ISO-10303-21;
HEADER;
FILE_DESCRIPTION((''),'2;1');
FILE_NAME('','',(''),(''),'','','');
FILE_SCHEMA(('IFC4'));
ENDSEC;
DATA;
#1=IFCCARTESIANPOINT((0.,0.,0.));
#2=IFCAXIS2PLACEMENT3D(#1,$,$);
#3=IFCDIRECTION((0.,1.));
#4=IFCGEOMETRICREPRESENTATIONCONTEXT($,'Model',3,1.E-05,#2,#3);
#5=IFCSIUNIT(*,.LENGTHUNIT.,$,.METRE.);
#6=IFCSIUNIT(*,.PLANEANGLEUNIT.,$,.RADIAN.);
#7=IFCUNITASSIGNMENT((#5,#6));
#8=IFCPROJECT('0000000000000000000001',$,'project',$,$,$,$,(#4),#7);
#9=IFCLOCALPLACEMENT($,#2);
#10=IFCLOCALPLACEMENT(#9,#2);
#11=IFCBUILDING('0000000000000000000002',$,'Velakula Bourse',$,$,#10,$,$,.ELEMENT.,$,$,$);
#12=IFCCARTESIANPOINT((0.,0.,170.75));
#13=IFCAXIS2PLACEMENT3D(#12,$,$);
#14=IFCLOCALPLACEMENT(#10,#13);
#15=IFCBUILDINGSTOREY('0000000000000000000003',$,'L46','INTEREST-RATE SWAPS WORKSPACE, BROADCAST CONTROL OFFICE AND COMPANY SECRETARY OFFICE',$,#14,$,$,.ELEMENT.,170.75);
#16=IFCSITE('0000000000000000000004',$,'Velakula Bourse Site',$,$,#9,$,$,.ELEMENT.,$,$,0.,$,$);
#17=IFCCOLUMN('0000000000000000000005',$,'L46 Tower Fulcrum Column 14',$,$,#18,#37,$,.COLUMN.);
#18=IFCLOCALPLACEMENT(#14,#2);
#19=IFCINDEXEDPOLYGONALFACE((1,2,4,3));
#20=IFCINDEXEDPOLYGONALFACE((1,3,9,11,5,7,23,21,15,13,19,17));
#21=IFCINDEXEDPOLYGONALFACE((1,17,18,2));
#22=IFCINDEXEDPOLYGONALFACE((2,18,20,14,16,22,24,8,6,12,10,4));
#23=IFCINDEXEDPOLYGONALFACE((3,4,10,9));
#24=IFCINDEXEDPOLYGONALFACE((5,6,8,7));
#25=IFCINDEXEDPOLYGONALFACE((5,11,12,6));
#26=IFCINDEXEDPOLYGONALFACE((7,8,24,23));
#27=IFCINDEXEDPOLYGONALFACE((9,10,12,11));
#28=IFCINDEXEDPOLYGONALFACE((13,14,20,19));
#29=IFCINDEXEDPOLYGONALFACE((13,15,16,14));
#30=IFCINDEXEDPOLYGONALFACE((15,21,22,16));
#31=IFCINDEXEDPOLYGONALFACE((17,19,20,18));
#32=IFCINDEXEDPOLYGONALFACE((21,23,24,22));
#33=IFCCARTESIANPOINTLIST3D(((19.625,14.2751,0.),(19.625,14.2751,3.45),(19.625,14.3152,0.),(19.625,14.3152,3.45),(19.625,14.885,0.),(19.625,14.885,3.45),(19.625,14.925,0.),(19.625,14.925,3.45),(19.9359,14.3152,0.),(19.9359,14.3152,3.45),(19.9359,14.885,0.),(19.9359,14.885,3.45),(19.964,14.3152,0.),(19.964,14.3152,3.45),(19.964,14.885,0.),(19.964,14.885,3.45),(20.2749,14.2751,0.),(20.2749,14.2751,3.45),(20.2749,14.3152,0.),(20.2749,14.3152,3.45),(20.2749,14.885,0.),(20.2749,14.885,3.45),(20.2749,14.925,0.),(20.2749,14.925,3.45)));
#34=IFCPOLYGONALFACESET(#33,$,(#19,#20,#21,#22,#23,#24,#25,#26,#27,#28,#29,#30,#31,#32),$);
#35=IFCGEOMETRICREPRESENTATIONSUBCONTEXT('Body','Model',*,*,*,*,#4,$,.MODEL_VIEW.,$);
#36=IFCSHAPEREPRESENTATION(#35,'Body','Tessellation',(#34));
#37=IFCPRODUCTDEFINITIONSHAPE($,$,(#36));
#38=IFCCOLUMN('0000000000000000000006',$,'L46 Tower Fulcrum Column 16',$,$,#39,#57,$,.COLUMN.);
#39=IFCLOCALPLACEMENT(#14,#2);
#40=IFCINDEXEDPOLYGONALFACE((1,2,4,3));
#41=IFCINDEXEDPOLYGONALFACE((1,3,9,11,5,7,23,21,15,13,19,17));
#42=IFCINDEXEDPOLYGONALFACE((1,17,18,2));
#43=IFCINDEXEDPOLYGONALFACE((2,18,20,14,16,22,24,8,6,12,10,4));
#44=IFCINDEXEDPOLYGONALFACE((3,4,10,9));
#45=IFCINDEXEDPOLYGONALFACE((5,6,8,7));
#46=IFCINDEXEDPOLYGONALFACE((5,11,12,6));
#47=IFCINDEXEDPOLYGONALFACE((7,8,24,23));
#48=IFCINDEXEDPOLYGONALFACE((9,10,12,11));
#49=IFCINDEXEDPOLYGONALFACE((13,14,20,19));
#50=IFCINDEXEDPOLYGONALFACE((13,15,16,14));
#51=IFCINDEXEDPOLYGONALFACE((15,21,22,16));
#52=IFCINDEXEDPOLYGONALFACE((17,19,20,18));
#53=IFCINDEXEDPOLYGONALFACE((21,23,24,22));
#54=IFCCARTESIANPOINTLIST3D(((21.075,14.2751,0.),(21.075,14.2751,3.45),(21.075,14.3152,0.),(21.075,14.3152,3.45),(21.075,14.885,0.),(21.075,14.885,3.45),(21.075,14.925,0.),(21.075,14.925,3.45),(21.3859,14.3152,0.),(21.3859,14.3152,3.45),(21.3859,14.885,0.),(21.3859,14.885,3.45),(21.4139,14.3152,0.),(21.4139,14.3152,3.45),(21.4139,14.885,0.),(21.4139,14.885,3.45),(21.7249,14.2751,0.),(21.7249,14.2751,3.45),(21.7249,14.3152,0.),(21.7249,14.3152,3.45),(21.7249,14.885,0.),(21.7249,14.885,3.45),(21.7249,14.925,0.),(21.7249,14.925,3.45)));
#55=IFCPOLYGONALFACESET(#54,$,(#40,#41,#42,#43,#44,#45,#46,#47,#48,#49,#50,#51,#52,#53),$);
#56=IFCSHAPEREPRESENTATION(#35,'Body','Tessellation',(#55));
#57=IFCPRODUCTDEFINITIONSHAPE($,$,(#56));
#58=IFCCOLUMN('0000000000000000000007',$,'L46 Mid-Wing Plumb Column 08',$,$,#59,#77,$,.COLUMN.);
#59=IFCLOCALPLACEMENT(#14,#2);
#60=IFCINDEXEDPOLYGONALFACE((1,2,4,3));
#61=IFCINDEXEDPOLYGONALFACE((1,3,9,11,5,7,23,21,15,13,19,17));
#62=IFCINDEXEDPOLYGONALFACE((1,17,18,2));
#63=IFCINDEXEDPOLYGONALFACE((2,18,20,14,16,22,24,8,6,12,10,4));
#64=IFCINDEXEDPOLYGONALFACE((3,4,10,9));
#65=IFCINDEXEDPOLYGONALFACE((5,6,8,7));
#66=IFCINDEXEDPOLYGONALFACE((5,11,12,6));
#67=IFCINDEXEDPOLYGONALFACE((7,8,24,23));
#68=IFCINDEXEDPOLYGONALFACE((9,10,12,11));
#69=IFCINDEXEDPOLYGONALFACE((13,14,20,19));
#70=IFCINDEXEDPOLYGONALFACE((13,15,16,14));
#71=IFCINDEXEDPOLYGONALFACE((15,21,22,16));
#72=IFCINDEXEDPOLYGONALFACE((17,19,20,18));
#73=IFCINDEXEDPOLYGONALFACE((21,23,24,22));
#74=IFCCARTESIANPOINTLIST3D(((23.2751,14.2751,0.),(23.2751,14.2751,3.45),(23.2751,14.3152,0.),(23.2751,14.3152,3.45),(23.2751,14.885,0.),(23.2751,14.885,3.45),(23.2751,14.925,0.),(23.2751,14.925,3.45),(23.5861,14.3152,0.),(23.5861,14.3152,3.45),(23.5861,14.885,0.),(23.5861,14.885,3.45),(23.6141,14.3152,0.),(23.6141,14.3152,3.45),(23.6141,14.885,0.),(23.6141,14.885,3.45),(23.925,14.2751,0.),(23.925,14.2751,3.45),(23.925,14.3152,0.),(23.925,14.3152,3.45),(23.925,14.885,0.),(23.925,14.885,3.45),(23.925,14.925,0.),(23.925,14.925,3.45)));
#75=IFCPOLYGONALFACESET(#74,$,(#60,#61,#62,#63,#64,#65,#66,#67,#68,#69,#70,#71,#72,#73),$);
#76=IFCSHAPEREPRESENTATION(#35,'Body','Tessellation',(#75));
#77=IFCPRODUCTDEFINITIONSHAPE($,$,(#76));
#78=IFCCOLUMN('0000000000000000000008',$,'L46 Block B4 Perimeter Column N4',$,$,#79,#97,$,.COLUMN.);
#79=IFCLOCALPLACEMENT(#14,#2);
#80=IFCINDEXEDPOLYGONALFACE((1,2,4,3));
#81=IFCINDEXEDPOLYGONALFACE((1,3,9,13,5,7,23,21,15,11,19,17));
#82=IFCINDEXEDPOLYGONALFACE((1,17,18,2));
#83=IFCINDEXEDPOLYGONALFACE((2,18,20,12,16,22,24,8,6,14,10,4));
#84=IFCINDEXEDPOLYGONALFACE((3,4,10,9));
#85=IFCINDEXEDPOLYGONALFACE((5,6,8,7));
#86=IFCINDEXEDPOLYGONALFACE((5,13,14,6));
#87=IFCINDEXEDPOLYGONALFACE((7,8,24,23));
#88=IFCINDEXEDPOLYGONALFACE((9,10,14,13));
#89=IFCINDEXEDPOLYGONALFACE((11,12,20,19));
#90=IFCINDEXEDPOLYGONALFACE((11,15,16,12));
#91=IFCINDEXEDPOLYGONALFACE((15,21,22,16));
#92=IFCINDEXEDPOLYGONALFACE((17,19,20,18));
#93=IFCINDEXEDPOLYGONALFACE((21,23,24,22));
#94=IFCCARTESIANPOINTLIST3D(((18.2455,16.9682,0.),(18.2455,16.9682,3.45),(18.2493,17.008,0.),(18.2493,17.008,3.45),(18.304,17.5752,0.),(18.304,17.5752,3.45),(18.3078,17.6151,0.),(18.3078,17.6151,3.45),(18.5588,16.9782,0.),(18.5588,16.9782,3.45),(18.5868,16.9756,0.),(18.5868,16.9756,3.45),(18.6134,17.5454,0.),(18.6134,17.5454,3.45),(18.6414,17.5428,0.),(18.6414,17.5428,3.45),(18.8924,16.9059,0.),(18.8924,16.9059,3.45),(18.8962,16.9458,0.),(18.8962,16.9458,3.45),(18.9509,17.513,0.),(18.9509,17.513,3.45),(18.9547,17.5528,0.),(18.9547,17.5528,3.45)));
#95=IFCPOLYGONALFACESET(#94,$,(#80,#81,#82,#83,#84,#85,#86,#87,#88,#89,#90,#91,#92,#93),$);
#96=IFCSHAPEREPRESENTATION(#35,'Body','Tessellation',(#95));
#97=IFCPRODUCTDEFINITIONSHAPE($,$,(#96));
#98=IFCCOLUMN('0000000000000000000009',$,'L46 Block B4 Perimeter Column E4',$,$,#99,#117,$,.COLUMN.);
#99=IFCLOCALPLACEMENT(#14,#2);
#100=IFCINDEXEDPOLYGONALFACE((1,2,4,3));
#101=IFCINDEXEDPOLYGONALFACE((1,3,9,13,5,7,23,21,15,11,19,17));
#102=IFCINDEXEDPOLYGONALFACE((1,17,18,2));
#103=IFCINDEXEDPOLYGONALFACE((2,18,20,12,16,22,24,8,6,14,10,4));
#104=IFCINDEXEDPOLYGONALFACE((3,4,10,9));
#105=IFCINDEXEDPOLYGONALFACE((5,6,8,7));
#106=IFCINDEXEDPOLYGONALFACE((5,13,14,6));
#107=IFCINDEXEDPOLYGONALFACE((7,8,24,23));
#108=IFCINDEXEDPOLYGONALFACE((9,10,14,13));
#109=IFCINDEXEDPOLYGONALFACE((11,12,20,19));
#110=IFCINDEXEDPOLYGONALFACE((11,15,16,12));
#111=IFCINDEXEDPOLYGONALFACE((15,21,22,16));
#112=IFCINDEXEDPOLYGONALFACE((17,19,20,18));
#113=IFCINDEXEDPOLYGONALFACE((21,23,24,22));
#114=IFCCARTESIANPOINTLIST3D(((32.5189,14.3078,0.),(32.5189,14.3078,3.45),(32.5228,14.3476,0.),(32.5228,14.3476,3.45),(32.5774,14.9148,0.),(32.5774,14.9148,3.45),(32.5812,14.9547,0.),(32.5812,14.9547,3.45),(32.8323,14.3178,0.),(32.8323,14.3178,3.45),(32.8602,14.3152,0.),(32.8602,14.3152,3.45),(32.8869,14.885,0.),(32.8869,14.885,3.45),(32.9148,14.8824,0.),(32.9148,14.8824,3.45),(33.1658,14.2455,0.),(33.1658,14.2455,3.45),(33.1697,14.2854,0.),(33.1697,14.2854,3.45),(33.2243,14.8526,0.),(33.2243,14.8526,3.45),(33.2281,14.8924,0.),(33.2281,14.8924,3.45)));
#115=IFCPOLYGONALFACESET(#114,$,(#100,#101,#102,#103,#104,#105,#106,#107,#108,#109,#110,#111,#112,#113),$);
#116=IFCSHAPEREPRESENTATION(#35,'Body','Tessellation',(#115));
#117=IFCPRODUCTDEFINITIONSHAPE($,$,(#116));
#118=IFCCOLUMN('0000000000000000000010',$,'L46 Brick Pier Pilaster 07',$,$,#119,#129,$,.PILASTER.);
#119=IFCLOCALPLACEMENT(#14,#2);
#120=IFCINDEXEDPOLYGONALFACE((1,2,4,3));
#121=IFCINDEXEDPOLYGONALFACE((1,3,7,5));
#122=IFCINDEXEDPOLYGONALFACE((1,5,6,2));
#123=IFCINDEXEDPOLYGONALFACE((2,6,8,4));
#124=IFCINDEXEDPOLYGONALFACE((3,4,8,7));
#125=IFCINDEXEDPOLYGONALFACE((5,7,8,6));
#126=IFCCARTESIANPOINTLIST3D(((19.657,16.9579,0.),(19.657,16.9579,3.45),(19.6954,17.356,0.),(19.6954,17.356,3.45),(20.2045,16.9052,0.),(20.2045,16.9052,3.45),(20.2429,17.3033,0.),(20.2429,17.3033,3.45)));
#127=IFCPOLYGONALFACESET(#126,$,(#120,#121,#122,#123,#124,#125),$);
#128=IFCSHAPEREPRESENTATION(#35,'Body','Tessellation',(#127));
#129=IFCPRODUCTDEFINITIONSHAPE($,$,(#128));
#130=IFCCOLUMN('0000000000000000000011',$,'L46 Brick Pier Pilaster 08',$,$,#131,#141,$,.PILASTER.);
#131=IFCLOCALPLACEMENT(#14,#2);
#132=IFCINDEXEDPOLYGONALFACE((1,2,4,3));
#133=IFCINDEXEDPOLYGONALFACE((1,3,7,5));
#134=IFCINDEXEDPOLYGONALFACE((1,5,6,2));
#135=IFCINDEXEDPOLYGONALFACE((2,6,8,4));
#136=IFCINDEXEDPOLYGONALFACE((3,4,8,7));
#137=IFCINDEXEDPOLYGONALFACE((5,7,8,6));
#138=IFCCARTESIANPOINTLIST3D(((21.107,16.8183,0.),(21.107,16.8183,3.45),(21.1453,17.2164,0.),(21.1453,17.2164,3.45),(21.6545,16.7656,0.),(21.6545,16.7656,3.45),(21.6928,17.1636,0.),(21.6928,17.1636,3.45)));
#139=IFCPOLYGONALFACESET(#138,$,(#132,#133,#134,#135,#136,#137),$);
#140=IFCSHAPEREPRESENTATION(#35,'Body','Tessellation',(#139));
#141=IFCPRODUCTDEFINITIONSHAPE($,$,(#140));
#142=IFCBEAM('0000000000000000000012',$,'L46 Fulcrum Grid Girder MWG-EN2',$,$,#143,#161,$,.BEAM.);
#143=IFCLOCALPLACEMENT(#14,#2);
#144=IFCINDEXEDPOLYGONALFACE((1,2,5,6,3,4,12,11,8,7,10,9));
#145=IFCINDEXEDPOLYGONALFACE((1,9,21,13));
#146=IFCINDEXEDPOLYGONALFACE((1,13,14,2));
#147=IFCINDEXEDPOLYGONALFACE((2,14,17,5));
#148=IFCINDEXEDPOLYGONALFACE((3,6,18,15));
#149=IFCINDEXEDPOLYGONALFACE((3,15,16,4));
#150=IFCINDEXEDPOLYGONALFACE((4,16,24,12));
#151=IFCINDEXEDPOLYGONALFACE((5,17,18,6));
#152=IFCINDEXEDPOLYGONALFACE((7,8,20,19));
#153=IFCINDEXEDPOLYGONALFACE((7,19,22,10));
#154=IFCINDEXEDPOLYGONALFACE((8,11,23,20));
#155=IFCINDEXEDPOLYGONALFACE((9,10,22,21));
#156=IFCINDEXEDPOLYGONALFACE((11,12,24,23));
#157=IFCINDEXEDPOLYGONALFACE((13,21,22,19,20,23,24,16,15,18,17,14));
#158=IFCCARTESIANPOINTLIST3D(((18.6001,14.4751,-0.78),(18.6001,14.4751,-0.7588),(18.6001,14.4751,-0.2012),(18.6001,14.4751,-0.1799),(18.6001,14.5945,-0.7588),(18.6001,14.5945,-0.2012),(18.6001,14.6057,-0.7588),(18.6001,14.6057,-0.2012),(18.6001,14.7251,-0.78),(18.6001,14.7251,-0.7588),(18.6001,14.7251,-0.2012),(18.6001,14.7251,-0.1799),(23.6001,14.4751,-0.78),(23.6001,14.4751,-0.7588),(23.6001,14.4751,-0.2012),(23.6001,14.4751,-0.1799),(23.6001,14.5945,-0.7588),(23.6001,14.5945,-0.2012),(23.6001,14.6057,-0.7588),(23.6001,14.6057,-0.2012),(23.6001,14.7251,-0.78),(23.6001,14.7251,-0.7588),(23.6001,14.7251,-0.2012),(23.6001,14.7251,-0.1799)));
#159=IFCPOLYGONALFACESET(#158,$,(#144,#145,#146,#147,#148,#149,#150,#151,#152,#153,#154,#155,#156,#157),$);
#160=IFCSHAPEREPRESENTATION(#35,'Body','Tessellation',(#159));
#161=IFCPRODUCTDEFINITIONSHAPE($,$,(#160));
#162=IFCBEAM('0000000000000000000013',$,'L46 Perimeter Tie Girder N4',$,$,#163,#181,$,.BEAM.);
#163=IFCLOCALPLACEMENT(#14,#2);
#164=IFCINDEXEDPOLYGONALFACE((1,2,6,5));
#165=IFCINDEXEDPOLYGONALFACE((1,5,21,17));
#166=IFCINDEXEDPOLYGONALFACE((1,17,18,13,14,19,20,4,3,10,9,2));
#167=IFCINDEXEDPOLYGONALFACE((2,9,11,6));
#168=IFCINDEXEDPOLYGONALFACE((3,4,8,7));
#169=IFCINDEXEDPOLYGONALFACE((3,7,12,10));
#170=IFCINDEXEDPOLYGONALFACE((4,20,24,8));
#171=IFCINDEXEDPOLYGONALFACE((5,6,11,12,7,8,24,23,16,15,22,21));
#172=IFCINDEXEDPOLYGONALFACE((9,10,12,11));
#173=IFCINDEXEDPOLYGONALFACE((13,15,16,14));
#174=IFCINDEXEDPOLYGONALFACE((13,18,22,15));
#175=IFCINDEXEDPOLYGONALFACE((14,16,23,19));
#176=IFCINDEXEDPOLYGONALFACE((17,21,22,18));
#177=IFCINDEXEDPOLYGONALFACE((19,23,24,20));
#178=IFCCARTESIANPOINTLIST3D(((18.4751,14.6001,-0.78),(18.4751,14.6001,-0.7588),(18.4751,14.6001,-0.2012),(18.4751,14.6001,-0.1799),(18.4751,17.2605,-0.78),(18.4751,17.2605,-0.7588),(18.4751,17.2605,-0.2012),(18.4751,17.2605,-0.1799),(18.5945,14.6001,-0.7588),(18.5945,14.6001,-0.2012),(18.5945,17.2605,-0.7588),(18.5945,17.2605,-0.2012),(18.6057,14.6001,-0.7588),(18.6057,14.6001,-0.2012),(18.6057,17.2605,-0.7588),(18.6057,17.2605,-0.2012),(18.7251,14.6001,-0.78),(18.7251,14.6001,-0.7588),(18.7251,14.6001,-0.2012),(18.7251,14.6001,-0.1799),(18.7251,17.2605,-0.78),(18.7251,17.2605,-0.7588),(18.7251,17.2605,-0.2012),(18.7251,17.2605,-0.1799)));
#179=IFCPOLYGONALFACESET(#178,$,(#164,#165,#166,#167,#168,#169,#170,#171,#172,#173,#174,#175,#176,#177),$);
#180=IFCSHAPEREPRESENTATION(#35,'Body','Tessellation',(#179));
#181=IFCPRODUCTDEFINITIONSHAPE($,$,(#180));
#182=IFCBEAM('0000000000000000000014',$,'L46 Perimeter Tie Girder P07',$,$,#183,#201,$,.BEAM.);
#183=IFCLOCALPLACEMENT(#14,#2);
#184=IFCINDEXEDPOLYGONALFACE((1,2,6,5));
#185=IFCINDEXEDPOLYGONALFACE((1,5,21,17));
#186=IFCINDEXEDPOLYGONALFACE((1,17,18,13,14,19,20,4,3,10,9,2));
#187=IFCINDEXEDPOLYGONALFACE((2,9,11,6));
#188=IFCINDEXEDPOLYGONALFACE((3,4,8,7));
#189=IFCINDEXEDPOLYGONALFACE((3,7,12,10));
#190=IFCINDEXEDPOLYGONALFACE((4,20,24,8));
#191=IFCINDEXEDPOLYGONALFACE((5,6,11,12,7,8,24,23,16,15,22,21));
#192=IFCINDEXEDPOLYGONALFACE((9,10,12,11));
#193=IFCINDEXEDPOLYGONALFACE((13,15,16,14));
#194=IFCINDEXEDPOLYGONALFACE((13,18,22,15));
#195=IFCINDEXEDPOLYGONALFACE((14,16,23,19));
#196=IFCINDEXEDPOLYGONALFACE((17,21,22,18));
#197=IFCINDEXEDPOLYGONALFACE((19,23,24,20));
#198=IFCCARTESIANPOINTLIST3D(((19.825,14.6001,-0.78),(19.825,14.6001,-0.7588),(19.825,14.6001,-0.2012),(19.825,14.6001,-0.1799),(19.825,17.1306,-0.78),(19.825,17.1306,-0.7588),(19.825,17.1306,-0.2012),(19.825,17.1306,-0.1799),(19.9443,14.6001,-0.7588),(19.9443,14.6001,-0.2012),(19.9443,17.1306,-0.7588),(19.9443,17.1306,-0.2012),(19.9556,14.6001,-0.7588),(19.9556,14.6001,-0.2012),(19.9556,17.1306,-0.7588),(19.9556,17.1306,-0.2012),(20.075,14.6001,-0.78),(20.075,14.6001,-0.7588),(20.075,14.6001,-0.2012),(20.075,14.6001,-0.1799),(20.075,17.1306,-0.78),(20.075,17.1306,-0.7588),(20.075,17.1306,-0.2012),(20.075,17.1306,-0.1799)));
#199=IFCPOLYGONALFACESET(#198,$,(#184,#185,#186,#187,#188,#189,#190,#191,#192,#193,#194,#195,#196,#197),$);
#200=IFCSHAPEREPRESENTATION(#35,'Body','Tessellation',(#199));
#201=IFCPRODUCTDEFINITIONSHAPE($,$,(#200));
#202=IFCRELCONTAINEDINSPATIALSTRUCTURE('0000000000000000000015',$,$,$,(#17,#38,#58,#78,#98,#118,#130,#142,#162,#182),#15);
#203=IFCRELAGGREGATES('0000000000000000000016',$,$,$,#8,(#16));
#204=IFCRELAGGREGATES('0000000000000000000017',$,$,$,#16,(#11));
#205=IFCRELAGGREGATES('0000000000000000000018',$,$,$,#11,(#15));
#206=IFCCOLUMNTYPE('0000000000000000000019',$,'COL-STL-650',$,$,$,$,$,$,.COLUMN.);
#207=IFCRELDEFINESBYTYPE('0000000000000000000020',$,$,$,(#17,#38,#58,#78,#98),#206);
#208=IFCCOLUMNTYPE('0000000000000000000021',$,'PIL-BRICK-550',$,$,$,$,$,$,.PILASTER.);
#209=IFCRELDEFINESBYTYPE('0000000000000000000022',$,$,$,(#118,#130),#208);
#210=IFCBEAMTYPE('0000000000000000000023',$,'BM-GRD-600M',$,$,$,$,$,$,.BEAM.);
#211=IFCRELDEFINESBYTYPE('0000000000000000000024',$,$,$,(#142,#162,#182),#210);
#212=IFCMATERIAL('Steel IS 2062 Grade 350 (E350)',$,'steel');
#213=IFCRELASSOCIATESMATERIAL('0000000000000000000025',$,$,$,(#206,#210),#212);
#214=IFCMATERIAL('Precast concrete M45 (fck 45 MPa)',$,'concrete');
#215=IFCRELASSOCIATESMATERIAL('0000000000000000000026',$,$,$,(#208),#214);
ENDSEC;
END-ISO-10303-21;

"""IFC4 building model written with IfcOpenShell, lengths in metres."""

from ifc_helpers import new_model, si_unit, direction, frame, origin, origin_2d, place, context, subcontext, project, spatial, rectangle, i_section, extrude, material, material_profile, profile_set, type_object, element, save


model = new_model("IFC4")

# Units and contexts
model_context = context("Model", 3, precision=1e-05, world=origin(), true_north=direction((0.0, 1.0)))
body_context = subcontext(model_context, "Body", "Model", "MODEL_VIEW")
ifc_project = project(units=[si_unit("LENGTHUNIT", "METRE"), si_unit("PLANEANGLEUNIT", "RADIAN")], contexts=[model_context])

# Site, building, storey
site_placement = place(None, origin())
site = spatial("IfcSite", under=ifc_project, at=site_placement, Name="Velakula Bourse Site", CompositionType="ELEMENT", RefElevation=0.0)
building_placement = place(site_placement, origin())
building = spatial("IfcBuilding", under=site, at=building_placement, Name="Velakula Bourse", CompositionType="ELEMENT")
storey_placement = place(building_placement, frame((0.0, 0.0, 170.75)))
storey = spatial("IfcBuildingStorey", under=building, at=storey_placement, Name="L46", Description="INTEREST-RATE SWAPS WORKSPACE, BROADCAST CONTROL OFFICE AND COMPANY SECRETARY OFFICE", CompositionType="ELEMENT", Elevation=170.75)

# Columns
ifc_material_1 = material(Name="Steel IS 2062 Grade 350 (E350)", Category="steel")
ifc_material_profile_1 = material_profile(ifc_material_1, i_section(OverallWidth=0.6499, OverallDepth=0.6499, WebThickness=0.0281, FlangeThickness=0.04, at=origin_2d()), Name="Steel IS 2062 Grade 350 (E350)")
ifc_profile_set_1 = profile_set([ifc_material_profile_1], Name="Steel IS 2062 Grade 350 (E350)")
column_type_1 = type_object("IfcColumnType", Name="COL-STL-650", PredefinedType="COLUMN", material=ifc_profile_set_1)
for number, where, z_axis, x_axis, name in (
    (1, (19.95, 14.6001, 0.0), (0.0, 0.0, 1.0), (1.0, 0.0, 0.0), "L46 Tower Fulcrum Column 14"),
    (2, (21.3999, 14.6001, 0.0), (0.0, 0.0, 1.0), (1.0, 0.0, 0.0), "L46 Tower Fulcrum Column 16"),
    (3, (23.6001, 14.6001, 0.0), (0.0, 0.0, 1.0), (1.0, 0.0, 0.0), "L46 Mid-Wing Plumb Column 08"),
    (4, (18.6001, 17.2605, 0.0), (0.0, 0.0, 1.0), (0.995396, -0.095846, 0.0), "L46 Block B4 Perimeter Column N4"),
    (5, (32.8735, 14.6001, 0.0), (0.0, 0.0, 1.0), (0.995396, -0.095846, 0.0), "L46 Block B4 Perimeter Column E4"),
):
    element("IfcColumn", number, at=place(storey_placement, frame(where, z_axis=z_axis, x_axis=x_axis)), inside=storey, type_object=column_type_1, Name=name, PredefinedType="COLUMN", context=body_context, shape_type="SweptSolid", body=[
        extrude(i_section(OverallWidth=0.6499, OverallDepth=0.6499, WebThickness=0.0281, FlangeThickness=0.04, at=origin_2d()), origin(), (0.0, 0.0, 1.0), 3.45),
    ])
ifc_material_2 = material(Name="Precast concrete M45 (fck 45 MPa)", Category="concrete")
ifc_material_profile_2 = material_profile(ifc_material_2, rectangle(XDim=0.55, YDim=0.3999, at=origin_2d()), Name="Precast concrete M45 (fck 45 MPa)")
ifc_profile_set_2 = profile_set([ifc_material_profile_2], Name="Precast concrete M45 (fck 45 MPa)")
column_type_2 = type_object("IfcColumnType", Name="PIL-BRICK-550", PredefinedType="PILASTER", material=ifc_profile_set_2)
for number, where, z_axis, x_axis, name in (
    (6, (19.95, 17.1306, 0.0), (0.0, 0.0, 1.0), (0.995396, -0.095846, 0.0), "L46 Brick Pier Pilaster 07"),
    (7, (21.3999, 16.991, 0.0), (0.0, 0.0, 1.0), (0.995396, -0.095846, 0.0), "L46 Brick Pier Pilaster 08"),
):
    element("IfcColumn", number, at=place(storey_placement, frame(where, z_axis=z_axis, x_axis=x_axis)), inside=storey, type_object=column_type_2, Name=name, PredefinedType="PILASTER", context=body_context, shape_type="SweptSolid", body=[
        extrude(rectangle(XDim=0.55, YDim=0.3999, at=origin_2d()), origin(), (0.0, 0.0, 1.0), 3.45),
    ])

# Beams
ifc_material_profile_3 = material_profile(ifc_material_1, i_section(OverallWidth=0.25, OverallDepth=0.6001, WebThickness=0.0112, FlangeThickness=0.0212, at=origin_2d()), Name="Steel IS 2062 Grade 350 (E350)")
ifc_profile_set_3 = profile_set([ifc_material_profile_3], Name="Steel IS 2062 Grade 350 (E350)")
beam_type_1 = type_object("IfcBeamType", Name="BM-GRD-600M", PredefinedType="BEAM", material=ifc_profile_set_3)
beam_1_placement = place(storey_placement, frame((18.6001, 14.6001, -0.48), z_axis=(1.0, 0.0, 0.0), x_axis=(0.0, 1.0, 0.0)))
element("IfcBeam", 8, at=beam_1_placement, inside=storey, type_object=beam_type_1, Name="L46 Fulcrum Grid Girder MWG-EN2", PredefinedType="BEAM", context=body_context, shape_type="SweptSolid", body=[
    extrude(i_section(OverallWidth=0.25, OverallDepth=0.6001, WebThickness=0.0112, FlangeThickness=0.0212, at=origin_2d()), origin(), (0.0, 0.0, 1.0), 5.0),
])
beam_2_placement = place(storey_placement, frame((18.6001, 14.6001, -0.48), z_axis=(0.0, 1.0, 0.0), x_axis=(-1.0, 0.0, 0.0)))
element("IfcBeam", 9, at=beam_2_placement, inside=storey, type_object=beam_type_1, Name="L46 Perimeter Tie Girder N4", PredefinedType="BEAM", context=body_context, shape_type="SweptSolid", body=[
    extrude(i_section(OverallWidth=0.25, OverallDepth=0.6001, WebThickness=0.0112, FlangeThickness=0.0212, at=origin_2d()), origin(), (0.0, 0.0, 1.0), 2.6604),
])
beam_3_placement = place(storey_placement, frame((19.95, 14.6001, -0.48), z_axis=(0.0, 1.0, 0.0), x_axis=(-1.0, 0.0, 0.0)))
element("IfcBeam", 10, at=beam_3_placement, inside=storey, type_object=beam_type_1, Name="L46 Perimeter Tie Girder P07", PredefinedType="BEAM", context=body_context, shape_type="SweptSolid", body=[
    extrude(i_section(OverallWidth=0.25, OverallDepth=0.6001, WebThickness=0.0112, FlangeThickness=0.0212, at=origin_2d()), origin(), (0.0, 0.0, 1.0), 2.5305),
])

save(model, "model.ifc")
